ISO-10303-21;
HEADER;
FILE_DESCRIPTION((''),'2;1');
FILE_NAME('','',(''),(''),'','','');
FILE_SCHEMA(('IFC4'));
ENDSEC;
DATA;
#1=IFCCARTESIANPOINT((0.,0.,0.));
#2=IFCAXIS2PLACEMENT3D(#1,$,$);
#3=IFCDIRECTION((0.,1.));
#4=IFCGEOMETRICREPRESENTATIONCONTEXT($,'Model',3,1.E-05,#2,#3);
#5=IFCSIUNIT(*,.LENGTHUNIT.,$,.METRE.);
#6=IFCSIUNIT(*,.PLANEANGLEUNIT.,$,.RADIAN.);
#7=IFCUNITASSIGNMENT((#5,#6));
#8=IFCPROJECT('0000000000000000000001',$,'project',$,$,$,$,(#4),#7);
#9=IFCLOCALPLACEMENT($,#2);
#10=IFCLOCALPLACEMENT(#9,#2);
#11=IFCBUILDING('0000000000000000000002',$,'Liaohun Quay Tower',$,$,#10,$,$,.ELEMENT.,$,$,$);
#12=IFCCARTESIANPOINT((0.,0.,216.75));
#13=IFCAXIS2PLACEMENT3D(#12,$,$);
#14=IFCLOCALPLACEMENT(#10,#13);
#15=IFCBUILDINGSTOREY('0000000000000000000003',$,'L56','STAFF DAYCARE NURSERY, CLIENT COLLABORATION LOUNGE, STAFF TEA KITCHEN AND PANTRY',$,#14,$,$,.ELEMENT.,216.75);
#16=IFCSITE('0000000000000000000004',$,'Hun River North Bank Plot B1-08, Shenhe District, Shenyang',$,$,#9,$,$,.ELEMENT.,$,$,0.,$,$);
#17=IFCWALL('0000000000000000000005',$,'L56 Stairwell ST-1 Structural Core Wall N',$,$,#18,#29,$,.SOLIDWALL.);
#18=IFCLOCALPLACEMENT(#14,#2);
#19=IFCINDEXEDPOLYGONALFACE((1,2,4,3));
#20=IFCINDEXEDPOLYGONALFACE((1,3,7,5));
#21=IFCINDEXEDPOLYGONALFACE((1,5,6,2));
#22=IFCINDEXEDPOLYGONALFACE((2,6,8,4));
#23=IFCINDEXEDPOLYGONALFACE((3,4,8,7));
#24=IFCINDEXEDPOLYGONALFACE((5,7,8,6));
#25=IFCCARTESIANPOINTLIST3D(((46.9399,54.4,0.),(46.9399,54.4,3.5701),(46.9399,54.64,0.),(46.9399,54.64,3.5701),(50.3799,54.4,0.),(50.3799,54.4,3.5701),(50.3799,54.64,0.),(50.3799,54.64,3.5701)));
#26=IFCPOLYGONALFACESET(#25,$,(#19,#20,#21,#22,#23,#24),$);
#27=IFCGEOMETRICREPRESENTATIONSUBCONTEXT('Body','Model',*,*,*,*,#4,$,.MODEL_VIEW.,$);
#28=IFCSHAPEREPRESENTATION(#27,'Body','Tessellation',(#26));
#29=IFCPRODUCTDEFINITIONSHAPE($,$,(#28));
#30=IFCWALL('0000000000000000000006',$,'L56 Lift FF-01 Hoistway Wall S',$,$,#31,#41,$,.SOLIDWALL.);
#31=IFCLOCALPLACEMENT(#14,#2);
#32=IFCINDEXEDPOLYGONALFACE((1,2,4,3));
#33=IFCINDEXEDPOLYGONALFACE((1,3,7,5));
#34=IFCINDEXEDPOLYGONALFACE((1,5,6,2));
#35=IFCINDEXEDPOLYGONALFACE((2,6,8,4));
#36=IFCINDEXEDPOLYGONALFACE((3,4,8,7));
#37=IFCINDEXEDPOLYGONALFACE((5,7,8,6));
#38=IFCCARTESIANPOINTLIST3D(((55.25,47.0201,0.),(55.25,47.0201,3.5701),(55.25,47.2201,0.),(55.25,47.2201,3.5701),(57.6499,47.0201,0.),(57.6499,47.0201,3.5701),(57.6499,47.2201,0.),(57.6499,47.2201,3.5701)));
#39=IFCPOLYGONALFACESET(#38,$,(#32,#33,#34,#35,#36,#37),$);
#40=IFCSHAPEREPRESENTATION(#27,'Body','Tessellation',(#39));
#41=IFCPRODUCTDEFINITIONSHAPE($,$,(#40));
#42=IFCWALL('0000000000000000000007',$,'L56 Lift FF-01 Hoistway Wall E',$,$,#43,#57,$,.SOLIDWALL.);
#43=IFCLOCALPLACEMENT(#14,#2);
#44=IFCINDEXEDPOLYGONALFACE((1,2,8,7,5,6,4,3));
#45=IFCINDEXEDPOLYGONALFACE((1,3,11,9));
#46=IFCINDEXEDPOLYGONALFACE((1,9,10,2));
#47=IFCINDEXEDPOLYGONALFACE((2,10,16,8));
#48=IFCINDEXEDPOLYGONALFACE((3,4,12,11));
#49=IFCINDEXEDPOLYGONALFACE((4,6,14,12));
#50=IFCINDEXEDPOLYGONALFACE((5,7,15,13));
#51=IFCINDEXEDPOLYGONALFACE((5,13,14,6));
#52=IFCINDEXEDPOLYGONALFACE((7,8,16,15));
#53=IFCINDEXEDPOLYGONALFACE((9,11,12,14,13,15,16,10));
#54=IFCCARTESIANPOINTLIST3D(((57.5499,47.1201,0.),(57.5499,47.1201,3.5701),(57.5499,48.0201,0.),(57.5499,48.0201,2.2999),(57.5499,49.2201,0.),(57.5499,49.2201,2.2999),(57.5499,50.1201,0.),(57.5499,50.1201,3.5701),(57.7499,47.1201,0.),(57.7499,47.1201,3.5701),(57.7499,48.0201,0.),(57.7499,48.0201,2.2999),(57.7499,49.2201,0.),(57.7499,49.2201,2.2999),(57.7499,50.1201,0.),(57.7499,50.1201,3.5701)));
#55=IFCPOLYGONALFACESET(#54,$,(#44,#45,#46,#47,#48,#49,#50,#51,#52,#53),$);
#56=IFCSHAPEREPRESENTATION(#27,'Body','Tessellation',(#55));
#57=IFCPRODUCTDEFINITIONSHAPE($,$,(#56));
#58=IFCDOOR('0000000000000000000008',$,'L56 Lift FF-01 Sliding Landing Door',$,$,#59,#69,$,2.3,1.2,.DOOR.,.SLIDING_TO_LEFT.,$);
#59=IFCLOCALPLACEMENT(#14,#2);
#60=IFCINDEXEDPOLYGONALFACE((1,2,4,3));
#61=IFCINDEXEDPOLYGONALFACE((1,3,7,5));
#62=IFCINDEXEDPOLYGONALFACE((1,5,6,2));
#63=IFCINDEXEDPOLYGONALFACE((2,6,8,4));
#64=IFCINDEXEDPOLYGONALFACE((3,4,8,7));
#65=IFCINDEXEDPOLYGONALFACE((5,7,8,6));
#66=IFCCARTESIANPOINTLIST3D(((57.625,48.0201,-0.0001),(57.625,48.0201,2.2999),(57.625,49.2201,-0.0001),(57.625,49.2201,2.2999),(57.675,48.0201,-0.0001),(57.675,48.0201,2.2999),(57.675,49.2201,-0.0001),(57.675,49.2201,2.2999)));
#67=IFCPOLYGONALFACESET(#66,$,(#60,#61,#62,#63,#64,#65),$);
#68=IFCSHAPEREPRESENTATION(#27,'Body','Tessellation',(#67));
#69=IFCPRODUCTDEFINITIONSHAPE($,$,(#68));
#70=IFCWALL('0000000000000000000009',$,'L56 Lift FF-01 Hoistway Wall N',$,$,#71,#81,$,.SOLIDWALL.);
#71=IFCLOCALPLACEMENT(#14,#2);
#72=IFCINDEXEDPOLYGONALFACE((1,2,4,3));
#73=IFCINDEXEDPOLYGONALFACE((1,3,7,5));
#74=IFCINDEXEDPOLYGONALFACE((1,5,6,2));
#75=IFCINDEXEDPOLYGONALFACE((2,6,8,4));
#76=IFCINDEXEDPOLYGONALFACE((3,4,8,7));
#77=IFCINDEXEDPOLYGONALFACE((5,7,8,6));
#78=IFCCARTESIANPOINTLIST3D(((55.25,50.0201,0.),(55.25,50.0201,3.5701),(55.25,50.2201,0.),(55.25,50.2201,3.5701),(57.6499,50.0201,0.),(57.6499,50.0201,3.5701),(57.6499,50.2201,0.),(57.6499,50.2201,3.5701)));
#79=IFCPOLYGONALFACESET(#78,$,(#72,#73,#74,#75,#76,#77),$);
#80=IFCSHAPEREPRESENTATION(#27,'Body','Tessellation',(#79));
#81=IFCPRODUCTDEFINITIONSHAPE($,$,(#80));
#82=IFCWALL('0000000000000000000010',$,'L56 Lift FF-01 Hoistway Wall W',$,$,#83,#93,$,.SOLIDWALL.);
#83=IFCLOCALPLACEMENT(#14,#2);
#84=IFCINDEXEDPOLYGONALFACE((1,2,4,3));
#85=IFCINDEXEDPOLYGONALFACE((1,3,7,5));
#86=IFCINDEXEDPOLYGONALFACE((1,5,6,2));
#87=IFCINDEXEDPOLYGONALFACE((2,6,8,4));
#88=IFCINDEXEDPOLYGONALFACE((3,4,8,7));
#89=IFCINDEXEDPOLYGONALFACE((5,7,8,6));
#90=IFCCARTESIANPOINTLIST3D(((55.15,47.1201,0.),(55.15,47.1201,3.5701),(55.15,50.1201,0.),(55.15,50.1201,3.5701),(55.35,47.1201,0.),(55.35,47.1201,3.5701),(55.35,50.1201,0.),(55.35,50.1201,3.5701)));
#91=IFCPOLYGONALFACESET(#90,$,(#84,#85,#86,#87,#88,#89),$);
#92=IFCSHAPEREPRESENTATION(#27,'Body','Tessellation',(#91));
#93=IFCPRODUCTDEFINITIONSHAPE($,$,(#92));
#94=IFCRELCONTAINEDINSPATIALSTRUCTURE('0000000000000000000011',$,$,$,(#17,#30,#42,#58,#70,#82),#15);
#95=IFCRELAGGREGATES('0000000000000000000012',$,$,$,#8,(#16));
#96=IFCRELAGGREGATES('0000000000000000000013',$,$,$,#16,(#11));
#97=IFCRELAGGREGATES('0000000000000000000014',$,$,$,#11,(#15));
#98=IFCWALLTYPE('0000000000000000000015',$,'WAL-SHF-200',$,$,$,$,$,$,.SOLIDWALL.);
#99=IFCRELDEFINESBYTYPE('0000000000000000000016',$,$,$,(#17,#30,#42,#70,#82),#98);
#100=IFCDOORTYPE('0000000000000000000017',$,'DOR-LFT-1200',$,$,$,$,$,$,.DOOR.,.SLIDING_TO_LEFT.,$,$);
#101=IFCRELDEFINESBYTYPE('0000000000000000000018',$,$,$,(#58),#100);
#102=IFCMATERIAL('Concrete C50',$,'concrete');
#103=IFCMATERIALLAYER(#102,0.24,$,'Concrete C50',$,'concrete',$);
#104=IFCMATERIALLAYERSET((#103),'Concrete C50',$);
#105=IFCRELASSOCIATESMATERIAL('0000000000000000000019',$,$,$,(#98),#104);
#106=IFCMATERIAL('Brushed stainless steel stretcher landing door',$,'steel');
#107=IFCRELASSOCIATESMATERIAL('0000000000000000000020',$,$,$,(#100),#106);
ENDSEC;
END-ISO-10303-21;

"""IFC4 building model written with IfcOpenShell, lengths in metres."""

from ifc_helpers import new_model, si_unit, direction, frame, frame_2d, origin, place, context, subcontext, project, spatial, rectangle, extrude, source, transform, mapped, material, layer, layer_set, type_object, element, fill, save


model = new_model("IFC4")

# Units and contexts
model_context = context("Model", 3, precision=1e-05, world=origin(), true_north=direction((0.0, 1.0)))
body_context = subcontext(model_context, "Body", "Model", "MODEL_VIEW")
ifc_project = project(units=[si_unit("LENGTHUNIT", "METRE"), si_unit("PLANEANGLEUNIT", "RADIAN")], contexts=[model_context])

# Site, building, storey
site_placement = place(None, origin())
site = spatial("IfcSite", under=ifc_project, at=site_placement, Name="Hun River North Bank Plot B1-08, Shenhe District, Shenyang", CompositionType="ELEMENT", RefElevation=0.0)
building_placement = place(site_placement, origin())
building = spatial("IfcBuilding", under=site, at=building_placement, Name="Liaohun Quay Tower", CompositionType="ELEMENT")
storey_placement = place(building_placement, frame((0.0, 0.0, 216.75)))
storey = spatial("IfcBuildingStorey", under=building, at=storey_placement, Name="L56", Description="STAFF DAYCARE NURSERY, CLIENT COLLABORATION LOUNGE, STAFF TEA KITCHEN AND PANTRY", CompositionType="ELEMENT", Elevation=216.75)

# Walls
ifc_material_1 = material(Name="Concrete C50", Category="concrete")
ifc_layer_1 = layer(ifc_material_1, 0.24, Name="Concrete C50", Category="concrete")
ifc_layer_set_1 = layer_set([ifc_layer_1], Name="Concrete C50")
wall_type_1 = type_object("IfcWallType", Name="WAL-SHF-200", PredefinedType="SOLIDWALL", material=ifc_layer_set_1)
wall_1_placement = place(storey_placement, frame((50.3799, 54.52, 0.0), z_axis=(0.0, 0.0, 1.0), x_axis=(-1.0, 0.0, 0.0)))
element("IfcWall", 1, at=wall_1_placement, inside=storey, type_object=wall_type_1, Name="L56 Stairwell ST-1 Structural Core Wall N", PredefinedType="SOLIDWALL", context=body_context, shape_type="SweptSolid", body=[
    extrude(rectangle(XDim=3.4399, YDim=0.24, at=frame_2d((1.72, 0.0))), origin(), (0.0, 0.0, 1.0), 3.5701),
])
wall_2_placement = place(storey_placement, frame((55.25, 47.1201, 0.0), z_axis=(0.0, 0.0, 1.0), x_axis=(1.0, 0.0, 0.0)))
element("IfcWall", 2, at=wall_2_placement, inside=storey, type_object=wall_type_1, Name="L56 Lift FF-01 Hoistway Wall S", PredefinedType="SOLIDWALL", context=body_context, shape_type="SweptSolid", body=[
    extrude(rectangle(XDim=2.3999, YDim=0.2, at=frame_2d((1.2, 0.0))), origin(), (0.0, 0.0, 1.0), 3.5701),
])

# Wall, opening, door
wall_3_placement = place(storey_placement, frame((57.6499, 47.1201, 0.0), z_axis=(0.0, 0.0, 1.0), x_axis=(0.0, 1.0, 0.0)))
wall_3 = element("IfcWall", 3, at=wall_3_placement, inside=storey, type_object=wall_type_1, Name="L56 Lift FF-01 Hoistway Wall E", PredefinedType="SOLIDWALL", context=body_context, shape_type="SweptSolid", body=[
    extrude(rectangle(XDim=3.0, YDim=0.2, at=frame_2d((1.5, 0.0))), origin(), (0.0, 0.0, 1.0), 3.5701),
])
shared_shape_1 = source(origin(), body_context, "Body", "SweptSolid", [
    extrude(rectangle(XDim=1.2, YDim=2.3, at=frame_2d((0.6001, 1.1499))), frame((0.0, 0.1099, 0.0), z_axis=(0.0, -1.0, 0.0), x_axis=(1.0, 0.0, 0.0)), (0.0, 0.0, 1.0), 0.22),
])
opening_1_placement = place(wall_3_placement, frame((0.8999, 0.0, 0.0)))
opening_1 = element("IfcOpeningElement", 4, at=opening_1_placement, cuts=wall_3, PredefinedType="OPENING", context=body_context, shape_type="MappedRepresentation", body=[
    mapped(shared_shape_1, transform((0.0, 0.0, 0.0), x_axis=(1.0, 0.0, 0.0), y_axis=(0.0, 1.0, 0.0), z_axis=(0.0, 0.0, 1.0), scale=1.0)),
])
ifc_material_2 = material(Name="Brushed stainless steel stretcher landing door", Category="steel")
door_type_1 = type_object("IfcDoorType", Name="DOR-LFT-1200", OperationType="SLIDING_TO_LEFT", PredefinedType="DOOR", material=ifc_material_2)
shared_shape_2 = source(origin(), body_context, "Body", "SweptSolid", [
    extrude(rectangle(XDim=1.2, YDim=2.3, at=frame_2d((0.6001, 1.1499))), frame((0.0, 0.0249, 0.0), z_axis=(0.0, -1.0, 0.0), x_axis=(1.0, 0.0, 0.0)), (0.0, 0.0, 1.0), 0.05),
])
door_1_placement = place(opening_1_placement, origin())
door_1 = element("IfcDoor", 5, at=door_1_placement, inside=storey, type_object=door_type_1, Name="L56 Lift FF-01 Sliding Landing Door", OperationType="SLIDING_TO_LEFT", OverallHeight=2.3, OverallWidth=1.2, PredefinedType="DOOR", context=body_context, shape_type="MappedRepresentation", body=[
    mapped(shared_shape_2, transform((0.0, 0.0, 0.0), x_axis=(1.0, 0.0, 0.0), y_axis=(0.0, 1.0, 0.0), z_axis=(0.0, 0.0, 1.0), scale=1.0)),
])
fill(opening_1, door_1)

# Walls
wall_4_placement = place(storey_placement, frame((57.6499, 50.1201, 0.0), z_axis=(0.0, 0.0, 1.0), x_axis=(-1.0, 0.0, 0.0)))
element("IfcWall", 6, at=wall_4_placement, inside=storey, type_object=wall_type_1, Name="L56 Lift FF-01 Hoistway Wall N", PredefinedType="SOLIDWALL", context=body_context, shape_type="SweptSolid", body=[
    extrude(rectangle(XDim=2.3999, YDim=0.2, at=frame_2d((1.2, 0.0))), origin(), (0.0, 0.0, 1.0), 3.5701),
])
wall_5_placement = place(storey_placement, frame((55.25, 50.1201, 0.0), z_axis=(0.0, 0.0, 1.0), x_axis=(0.0, -1.0, 0.0)))
element("IfcWall", 7, at=wall_5_placement, inside=storey, type_object=wall_type_1, Name="L56 Lift FF-01 Hoistway Wall W", PredefinedType="SOLIDWALL", context=body_context, shape_type="SweptSolid", body=[
    extrude(rectangle(XDim=3.0, YDim=0.2, at=frame_2d((1.5, 0.0))), origin(), (0.0, 0.0, 1.0), 3.5701),
])

save(model, "model.ifc")
